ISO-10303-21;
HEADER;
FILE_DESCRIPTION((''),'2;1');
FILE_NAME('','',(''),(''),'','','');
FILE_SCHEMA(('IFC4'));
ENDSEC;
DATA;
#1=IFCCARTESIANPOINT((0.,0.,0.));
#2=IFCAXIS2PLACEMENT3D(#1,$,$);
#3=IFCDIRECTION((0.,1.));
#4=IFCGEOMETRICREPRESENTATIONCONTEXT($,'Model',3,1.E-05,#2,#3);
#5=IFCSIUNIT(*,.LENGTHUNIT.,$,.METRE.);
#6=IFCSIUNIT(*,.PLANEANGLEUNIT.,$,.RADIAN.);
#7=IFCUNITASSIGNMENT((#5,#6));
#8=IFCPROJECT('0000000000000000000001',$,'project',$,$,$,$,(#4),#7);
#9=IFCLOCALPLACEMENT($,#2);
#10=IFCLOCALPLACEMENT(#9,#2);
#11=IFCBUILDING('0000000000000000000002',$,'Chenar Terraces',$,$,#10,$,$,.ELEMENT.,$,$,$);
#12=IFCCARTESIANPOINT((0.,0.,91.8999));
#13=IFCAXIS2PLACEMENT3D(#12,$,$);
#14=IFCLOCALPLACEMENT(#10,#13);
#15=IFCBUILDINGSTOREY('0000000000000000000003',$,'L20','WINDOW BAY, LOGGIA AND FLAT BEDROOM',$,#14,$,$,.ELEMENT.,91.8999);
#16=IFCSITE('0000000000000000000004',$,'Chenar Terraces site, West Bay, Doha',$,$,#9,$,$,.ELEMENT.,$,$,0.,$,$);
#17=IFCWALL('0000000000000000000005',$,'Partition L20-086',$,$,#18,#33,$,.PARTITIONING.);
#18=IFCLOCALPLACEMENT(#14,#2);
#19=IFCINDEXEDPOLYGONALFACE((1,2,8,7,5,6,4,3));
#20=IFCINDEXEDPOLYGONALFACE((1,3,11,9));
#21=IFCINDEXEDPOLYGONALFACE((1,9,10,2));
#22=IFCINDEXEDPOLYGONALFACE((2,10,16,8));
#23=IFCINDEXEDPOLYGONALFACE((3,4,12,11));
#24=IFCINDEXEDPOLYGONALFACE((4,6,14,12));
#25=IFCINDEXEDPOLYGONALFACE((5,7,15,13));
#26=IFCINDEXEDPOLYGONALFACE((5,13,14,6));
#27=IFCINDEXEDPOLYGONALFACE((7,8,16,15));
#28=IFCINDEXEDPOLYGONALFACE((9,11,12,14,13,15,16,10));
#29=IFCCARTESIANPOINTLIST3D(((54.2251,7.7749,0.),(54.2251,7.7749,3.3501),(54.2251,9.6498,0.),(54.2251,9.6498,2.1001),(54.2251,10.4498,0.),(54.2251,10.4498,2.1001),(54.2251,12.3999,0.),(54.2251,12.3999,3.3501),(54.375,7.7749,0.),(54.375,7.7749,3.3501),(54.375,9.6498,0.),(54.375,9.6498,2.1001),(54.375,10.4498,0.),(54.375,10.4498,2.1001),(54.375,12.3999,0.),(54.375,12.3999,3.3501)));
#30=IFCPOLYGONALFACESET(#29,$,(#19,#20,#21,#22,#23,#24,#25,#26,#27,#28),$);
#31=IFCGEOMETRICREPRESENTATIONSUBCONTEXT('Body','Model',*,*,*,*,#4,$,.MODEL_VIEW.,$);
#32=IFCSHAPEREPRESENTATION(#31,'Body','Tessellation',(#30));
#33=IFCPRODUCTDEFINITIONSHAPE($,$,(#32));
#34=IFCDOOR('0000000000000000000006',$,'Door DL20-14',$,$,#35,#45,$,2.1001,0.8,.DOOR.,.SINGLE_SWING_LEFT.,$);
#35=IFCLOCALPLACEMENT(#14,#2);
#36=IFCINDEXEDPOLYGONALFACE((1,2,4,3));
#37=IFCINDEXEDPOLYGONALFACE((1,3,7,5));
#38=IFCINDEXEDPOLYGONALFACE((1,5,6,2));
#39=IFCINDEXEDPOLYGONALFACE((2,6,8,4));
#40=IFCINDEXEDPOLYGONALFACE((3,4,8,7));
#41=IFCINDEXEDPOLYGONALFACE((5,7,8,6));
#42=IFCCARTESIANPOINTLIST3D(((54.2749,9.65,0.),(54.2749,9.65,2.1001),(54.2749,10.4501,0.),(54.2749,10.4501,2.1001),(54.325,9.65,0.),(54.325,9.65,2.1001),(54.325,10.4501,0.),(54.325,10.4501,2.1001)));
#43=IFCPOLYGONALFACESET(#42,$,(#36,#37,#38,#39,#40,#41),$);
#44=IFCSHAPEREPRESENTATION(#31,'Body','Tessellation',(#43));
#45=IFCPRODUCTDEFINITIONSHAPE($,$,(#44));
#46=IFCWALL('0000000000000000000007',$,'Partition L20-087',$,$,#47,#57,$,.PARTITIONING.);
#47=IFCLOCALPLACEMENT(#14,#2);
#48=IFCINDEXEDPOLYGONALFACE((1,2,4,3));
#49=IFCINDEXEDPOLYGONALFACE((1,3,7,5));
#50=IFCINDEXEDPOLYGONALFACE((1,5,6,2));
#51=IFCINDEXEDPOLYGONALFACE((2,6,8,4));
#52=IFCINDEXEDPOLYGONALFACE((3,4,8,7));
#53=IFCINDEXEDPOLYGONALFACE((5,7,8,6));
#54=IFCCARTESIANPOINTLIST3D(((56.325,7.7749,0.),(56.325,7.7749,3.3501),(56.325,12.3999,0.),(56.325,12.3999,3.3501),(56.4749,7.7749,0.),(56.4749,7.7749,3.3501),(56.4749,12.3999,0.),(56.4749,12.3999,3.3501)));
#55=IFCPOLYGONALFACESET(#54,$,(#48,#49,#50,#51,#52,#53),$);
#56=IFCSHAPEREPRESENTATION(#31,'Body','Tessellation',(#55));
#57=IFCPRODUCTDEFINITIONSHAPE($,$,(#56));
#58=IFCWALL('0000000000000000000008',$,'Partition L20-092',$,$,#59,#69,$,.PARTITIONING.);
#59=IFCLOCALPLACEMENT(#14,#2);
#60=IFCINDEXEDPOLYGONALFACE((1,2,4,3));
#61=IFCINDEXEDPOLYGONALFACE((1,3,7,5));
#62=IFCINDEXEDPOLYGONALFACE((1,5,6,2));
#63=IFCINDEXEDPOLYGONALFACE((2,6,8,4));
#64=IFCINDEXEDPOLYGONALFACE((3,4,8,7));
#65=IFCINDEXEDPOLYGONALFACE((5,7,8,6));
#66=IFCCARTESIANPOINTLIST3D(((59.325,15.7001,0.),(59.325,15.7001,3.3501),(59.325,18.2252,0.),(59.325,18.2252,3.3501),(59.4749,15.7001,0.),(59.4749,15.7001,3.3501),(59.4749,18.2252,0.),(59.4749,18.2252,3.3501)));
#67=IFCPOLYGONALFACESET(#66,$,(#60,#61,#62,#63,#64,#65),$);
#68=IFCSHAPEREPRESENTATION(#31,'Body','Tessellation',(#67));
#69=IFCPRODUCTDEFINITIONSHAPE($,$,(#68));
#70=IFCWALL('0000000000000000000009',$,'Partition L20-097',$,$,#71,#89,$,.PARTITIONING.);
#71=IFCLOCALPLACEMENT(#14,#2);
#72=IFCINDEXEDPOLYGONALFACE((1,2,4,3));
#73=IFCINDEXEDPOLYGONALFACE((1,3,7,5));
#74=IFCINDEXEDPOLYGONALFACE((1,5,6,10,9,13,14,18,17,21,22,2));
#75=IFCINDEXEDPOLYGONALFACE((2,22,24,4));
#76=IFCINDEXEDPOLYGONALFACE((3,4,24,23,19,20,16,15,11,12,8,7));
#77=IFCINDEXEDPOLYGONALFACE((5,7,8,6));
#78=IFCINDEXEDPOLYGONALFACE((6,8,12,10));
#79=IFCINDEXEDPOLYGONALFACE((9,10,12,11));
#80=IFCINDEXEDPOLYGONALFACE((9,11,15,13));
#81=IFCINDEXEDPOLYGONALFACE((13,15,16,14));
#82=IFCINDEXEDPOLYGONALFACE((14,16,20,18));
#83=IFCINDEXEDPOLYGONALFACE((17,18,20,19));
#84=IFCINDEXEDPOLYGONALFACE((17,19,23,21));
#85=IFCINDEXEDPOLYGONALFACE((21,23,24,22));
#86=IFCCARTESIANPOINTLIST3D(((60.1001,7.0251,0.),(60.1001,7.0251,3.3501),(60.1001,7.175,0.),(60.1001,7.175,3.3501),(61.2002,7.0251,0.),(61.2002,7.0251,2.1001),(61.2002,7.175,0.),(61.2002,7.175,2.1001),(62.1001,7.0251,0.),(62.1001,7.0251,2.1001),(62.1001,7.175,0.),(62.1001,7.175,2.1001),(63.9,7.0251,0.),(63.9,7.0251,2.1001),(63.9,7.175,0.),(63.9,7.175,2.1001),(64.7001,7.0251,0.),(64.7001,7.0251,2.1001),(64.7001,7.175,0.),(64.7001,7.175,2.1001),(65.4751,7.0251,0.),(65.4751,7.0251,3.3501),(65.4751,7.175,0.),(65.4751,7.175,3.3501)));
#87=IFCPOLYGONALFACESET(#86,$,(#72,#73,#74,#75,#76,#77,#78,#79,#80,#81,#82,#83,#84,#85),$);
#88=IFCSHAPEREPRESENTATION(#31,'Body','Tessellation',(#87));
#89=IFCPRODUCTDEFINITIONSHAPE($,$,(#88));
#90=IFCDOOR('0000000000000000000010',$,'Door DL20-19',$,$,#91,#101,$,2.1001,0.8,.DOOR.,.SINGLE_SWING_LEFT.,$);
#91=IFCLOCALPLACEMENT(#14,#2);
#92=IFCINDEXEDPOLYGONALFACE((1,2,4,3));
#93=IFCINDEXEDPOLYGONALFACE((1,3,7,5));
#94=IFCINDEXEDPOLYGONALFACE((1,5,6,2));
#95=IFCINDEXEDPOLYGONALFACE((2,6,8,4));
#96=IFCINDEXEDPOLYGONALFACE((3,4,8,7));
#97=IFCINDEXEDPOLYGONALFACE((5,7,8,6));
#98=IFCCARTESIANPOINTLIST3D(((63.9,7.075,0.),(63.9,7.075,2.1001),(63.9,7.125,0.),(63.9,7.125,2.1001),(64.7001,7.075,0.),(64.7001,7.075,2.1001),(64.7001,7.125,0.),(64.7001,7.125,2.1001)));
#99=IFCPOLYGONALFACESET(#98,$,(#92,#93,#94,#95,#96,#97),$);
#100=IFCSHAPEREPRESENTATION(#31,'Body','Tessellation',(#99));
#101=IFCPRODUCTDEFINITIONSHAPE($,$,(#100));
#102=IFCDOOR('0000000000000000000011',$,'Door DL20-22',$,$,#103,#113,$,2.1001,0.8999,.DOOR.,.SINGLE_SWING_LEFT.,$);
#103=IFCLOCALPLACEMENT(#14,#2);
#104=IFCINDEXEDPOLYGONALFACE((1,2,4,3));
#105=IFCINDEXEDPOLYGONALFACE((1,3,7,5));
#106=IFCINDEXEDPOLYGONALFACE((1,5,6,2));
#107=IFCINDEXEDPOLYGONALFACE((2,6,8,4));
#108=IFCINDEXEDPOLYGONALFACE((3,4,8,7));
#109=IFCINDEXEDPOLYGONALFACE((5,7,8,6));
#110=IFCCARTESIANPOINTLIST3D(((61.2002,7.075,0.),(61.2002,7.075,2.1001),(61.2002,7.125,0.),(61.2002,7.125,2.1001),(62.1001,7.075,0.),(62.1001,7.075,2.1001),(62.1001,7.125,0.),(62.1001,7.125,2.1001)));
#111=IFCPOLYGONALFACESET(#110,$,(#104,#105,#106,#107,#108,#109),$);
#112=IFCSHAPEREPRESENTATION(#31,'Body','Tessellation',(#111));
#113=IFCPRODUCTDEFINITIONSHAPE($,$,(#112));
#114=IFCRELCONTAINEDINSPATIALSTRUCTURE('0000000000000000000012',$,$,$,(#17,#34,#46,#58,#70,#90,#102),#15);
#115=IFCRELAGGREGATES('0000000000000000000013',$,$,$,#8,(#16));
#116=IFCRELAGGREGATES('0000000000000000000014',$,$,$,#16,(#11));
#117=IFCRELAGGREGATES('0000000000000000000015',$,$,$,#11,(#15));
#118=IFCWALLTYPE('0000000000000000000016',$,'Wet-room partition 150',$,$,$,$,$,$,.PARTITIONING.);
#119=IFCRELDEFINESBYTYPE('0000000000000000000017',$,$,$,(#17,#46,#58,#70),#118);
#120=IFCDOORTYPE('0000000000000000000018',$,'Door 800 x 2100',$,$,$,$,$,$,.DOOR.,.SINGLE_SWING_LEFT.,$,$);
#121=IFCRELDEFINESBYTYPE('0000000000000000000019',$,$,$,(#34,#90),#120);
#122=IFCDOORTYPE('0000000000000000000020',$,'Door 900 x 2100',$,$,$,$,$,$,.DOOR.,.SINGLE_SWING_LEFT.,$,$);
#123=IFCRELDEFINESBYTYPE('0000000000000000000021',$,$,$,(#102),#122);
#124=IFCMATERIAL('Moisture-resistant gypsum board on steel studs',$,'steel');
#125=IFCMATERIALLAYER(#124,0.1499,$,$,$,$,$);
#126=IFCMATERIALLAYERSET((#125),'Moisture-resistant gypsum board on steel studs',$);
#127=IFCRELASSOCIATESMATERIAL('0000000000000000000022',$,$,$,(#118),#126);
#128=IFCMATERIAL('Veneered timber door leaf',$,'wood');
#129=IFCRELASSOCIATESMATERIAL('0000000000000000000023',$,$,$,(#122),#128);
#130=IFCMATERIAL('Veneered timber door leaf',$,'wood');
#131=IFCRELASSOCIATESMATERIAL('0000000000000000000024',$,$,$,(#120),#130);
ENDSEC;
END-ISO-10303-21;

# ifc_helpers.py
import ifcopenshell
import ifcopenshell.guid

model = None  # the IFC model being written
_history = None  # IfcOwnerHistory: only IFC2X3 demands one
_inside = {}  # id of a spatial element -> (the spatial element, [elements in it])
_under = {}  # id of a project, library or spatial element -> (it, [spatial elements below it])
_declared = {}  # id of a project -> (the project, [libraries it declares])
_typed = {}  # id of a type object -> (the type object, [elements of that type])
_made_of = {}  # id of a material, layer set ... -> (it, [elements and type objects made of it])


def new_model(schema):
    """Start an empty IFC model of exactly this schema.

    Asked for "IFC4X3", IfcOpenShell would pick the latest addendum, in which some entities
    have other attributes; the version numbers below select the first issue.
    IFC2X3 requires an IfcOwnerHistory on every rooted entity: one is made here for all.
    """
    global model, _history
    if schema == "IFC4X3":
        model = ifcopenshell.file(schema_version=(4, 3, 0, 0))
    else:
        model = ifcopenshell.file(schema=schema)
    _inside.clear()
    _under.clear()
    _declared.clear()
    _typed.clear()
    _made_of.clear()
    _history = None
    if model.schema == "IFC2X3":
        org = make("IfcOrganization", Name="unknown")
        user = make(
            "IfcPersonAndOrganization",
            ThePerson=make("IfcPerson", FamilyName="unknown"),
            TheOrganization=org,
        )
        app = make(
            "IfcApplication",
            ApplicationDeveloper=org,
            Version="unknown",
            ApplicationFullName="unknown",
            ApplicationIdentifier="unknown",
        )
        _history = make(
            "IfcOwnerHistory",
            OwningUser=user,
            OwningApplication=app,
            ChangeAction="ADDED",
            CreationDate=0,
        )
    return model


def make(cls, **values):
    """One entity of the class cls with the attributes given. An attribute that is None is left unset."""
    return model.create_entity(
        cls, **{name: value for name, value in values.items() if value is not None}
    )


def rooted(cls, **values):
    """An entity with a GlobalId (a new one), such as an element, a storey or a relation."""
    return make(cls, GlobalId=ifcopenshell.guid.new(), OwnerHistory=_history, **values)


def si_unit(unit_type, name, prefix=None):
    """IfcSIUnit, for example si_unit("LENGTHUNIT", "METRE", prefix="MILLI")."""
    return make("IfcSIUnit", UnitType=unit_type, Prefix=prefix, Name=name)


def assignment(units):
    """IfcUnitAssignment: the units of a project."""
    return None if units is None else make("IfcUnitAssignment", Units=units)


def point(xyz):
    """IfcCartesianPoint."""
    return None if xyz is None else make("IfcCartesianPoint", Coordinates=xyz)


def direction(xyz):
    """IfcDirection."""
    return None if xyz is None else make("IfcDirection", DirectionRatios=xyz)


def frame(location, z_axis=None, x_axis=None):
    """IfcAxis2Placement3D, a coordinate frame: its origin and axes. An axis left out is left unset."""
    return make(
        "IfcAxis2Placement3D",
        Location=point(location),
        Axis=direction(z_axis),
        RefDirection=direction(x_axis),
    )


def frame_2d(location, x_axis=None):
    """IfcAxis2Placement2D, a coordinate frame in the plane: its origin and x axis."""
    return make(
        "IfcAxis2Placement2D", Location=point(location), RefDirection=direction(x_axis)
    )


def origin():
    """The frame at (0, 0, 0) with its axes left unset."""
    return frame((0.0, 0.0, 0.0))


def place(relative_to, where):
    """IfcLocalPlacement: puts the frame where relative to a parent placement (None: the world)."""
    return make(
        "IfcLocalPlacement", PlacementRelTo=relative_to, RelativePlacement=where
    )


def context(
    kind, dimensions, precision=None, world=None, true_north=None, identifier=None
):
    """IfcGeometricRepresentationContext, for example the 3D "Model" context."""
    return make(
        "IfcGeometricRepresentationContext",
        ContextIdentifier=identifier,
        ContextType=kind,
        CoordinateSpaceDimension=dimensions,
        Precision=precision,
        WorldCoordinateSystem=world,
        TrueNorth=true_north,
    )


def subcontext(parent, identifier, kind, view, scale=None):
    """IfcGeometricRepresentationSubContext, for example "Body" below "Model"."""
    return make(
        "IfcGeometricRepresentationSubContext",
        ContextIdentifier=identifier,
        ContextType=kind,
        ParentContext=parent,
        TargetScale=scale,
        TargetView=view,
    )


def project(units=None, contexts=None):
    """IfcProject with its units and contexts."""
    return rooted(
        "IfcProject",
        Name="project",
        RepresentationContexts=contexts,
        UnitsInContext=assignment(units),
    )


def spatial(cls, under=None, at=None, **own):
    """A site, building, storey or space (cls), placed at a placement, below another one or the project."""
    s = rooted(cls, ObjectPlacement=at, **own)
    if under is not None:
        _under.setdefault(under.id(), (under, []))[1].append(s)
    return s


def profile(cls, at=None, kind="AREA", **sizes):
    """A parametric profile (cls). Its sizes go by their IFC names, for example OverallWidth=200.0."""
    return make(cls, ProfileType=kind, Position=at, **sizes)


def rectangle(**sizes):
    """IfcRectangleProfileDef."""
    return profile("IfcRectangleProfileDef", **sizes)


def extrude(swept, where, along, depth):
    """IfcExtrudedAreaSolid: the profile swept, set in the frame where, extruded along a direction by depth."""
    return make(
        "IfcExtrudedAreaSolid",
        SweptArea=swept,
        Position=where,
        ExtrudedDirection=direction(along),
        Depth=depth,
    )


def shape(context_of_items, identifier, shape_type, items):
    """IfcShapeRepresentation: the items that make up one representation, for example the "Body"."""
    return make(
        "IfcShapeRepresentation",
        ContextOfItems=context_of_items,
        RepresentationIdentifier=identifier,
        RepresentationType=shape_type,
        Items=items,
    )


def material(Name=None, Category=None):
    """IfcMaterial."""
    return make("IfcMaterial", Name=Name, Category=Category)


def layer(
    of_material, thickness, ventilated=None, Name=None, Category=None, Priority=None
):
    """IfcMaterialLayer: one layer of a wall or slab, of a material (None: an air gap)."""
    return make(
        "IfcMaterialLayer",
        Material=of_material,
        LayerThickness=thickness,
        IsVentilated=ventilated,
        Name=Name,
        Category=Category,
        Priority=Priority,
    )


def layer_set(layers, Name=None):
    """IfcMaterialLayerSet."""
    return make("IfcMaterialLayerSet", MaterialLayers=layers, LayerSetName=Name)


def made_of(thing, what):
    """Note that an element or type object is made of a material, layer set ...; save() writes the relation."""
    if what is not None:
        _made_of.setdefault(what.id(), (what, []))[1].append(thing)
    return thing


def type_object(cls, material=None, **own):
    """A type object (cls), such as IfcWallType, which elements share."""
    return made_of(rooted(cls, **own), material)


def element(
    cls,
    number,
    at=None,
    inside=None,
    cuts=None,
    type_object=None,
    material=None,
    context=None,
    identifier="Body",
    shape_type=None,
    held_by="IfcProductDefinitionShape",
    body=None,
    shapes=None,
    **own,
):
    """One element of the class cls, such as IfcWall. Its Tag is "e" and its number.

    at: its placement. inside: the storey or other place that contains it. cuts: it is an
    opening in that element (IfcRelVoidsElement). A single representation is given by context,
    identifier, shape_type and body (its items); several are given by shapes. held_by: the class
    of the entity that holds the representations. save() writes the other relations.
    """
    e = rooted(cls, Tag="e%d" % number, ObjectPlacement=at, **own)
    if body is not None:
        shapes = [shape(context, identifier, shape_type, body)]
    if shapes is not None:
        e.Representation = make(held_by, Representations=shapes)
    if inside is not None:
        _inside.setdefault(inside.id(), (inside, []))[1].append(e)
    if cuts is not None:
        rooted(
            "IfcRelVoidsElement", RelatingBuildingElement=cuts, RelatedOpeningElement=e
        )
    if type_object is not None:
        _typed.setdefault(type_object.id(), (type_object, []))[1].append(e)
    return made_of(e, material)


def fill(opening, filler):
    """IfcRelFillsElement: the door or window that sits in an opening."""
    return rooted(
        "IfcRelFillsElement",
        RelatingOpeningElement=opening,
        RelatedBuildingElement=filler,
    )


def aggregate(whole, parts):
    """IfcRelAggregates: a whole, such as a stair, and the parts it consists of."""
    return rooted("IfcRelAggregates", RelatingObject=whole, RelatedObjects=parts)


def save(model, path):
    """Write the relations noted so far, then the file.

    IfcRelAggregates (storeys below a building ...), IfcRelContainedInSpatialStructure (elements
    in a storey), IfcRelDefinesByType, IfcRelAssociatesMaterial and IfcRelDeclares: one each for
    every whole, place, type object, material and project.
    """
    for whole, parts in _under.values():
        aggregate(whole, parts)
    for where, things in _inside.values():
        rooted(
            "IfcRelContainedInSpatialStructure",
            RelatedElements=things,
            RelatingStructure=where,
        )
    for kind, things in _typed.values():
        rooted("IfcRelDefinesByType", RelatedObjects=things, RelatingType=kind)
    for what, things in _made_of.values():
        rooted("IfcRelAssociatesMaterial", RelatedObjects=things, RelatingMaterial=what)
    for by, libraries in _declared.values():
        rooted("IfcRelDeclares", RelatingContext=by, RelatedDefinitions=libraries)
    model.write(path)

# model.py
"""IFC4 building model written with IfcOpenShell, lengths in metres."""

from ifc_helpers import new_model, si_unit, direction, frame, frame_2d, origin, place, context, subcontext, project, spatial, rectangle, extrude, material, layer, layer_set, type_object, element, fill, save


model = new_model("IFC4")

# Units and contexts
model_context = context("Model", 3, precision=1e-05, world=origin(), true_north=direction((0.0, 1.0)))
body_context = subcontext(model_context, "Body", "Model", "MODEL_VIEW")
ifc_project = project(units=[si_unit("LENGTHUNIT", "METRE"), si_unit("PLANEANGLEUNIT", "RADIAN")], contexts=[model_context])

# Site, building, storey
site_placement = place(None, origin())
site = spatial("IfcSite", under=ifc_project, at=site_placement, Name="Chenar Terraces site, West Bay, Doha", CompositionType="ELEMENT", RefElevation=0.0)
building_placement = place(site_placement, origin())
building = spatial("IfcBuilding", under=site, at=building_placement, Name="Chenar Terraces", CompositionType="ELEMENT")
storey_placement = place(building_placement, frame((0.0, 0.0, 91.8999)))
storey = spatial("IfcBuildingStorey", under=building, at=storey_placement, Name="L20", Description="WINDOW BAY, LOGGIA AND FLAT BEDROOM", CompositionType="ELEMENT", Elevation=91.8999)

# Wall, opening, door
ifc_material_1 = material(Name="Moisture-resistant gypsum board on steel studs", Category="steel")
ifc_layer_1 = layer(ifc_material_1, 0.1499)
ifc_layer_set_1 = layer_set([ifc_layer_1], Name="Moisture-resistant gypsum board on steel studs")
wall_type_1 = type_object("IfcWallType", Name="Wet-room partition 150", PredefinedType="PARTITIONING", material=ifc_layer_set_1)
ifc_material_2 = material(Name="Veneered timber door leaf", Category="wood")
door_type_1 = type_object("IfcDoorType", Name="Door 900 x 2100", OperationType="SINGLE_SWING_LEFT", PredefinedType="DOOR", material=ifc_material_2)
wall_1_placement = place(storey_placement, frame((54.3, 7.7749, 0.0), z_axis=(0.0, 0.0, 1.0), x_axis=(0.0, 1.0, 0.0)))
wall_1 = element("IfcWall", 1, at=wall_1_placement, inside=storey, type_object=wall_type_1, Name="Partition L20-086", PredefinedType="PARTITIONING", context=body_context, shape_type="SweptSolid", body=[
    extrude(rectangle(XDim=4.625, YDim=0.1499, at=frame_2d((2.3125, 0.0))), origin(), (0.0, 0.0, 1.0), 3.3501),
])
opening_1_placement = place(wall_1_placement, frame((1.875, 0.0, 0.0)))
opening_1 = element("IfcOpeningElement", 2, at=opening_1_placement, cuts=wall_1, PredefinedType="OPENING", context=body_context, shape_type="SweptSolid", body=[
    extrude(rectangle(XDim=0.8, YDim=2.1001, at=frame_2d((0.3999, 1.05))), frame((0.0, 0.085, 0.0), z_axis=(0.0, -1.0, 0.0), x_axis=(1.0, 0.0, 0.0)), (0.0, 0.0, 1.0), 0.1699),
])
ifc_material_3 = material(Name="Veneered timber door leaf", Category="wood")
door_type_2 = type_object("IfcDoorType", Name="Door 800 x 2100", OperationType="SINGLE_SWING_LEFT", PredefinedType="DOOR", material=ifc_material_3)
door_1_placement = place(opening_1_placement, frame((0.8, 0.0, 0.0), z_axis=(0.0, 0.0, 1.0), x_axis=(-1.0, 0.0, 0.0)))
door_1 = element("IfcDoor", 3, at=door_1_placement, inside=storey, type_object=door_type_2, Name="Door DL20-14", OperationType="SINGLE_SWING_LEFT", OverallHeight=2.1001, OverallWidth=0.8, PredefinedType="DOOR", context=body_context, shape_type="SweptSolid", body=[
    extrude(rectangle(XDim=0.8, YDim=2.1001, at=frame_2d((0.3999, 1.05))), frame((0.0, 0.0249, 0.0), z_axis=(0.0, -1.0, 0.0), x_axis=(1.0, 0.0, 0.0)), (0.0, 0.0, 1.0), 0.05),
])
fill(opening_1, door_1)

# Walls
wall_2_placement = place(storey_placement, frame((56.3999, 7.7749, 0.0), z_axis=(0.0, 0.0, 1.0), x_axis=(0.0, 1.0, 0.0)))
element("IfcWall", 4, at=wall_2_placement, inside=storey, type_object=wall_type_1, Name="Partition L20-087", PredefinedType="PARTITIONING", context=body_context, shape_type="SweptSolid", body=[
    extrude(rectangle(XDim=4.625, YDim=0.1499, at=frame_2d((2.3125, 0.0))), origin(), (0.0, 0.0, 1.0), 3.3501),
])
wall_3_placement = place(storey_placement, frame((59.3999, 15.7, 0.0), z_axis=(0.0, 0.0, 1.0), x_axis=(0.0, 1.0, 0.0)))
element("IfcWall", 5, at=wall_3_placement, inside=storey, type_object=wall_type_1, Name="Partition L20-092", PredefinedType="PARTITIONING", context=body_context, shape_type="SweptSolid", body=[
    extrude(rectangle(XDim=2.5251, YDim=0.1499, at=frame_2d((1.2627, 0.0))), origin(), (0.0, 0.0, 1.0), 3.3501),
])

# Wall, openings, doors
wall_4_placement = place(storey_placement, frame((60.1001, 7.1001, 0.0), z_axis=(0.0, 0.0, 1.0), x_axis=(1.0, 0.0, 0.0)))
wall_4 = element("IfcWall", 6, at=wall_4_placement, inside=storey, type_object=wall_type_1, Name="Partition L20-097", PredefinedType="PARTITIONING", context=body_context, shape_type="SweptSolid", body=[
    extrude(rectangle(XDim=5.375, YDim=0.1499, at=frame_2d((2.6875, 0.0))), origin(), (0.0, 0.0, 1.0), 3.3501),
])
opening_2_placement = place(wall_4_placement, frame((3.8, 0.0, 0.0)))
opening_2 = element("IfcOpeningElement", 7, at=opening_2_placement, cuts=wall_4, PredefinedType="OPENING", context=body_context, shape_type="SweptSolid", body=[
    extrude(rectangle(XDim=0.8, YDim=2.1001, at=frame_2d((0.3999, 1.05))), frame((0.0, 0.085, 0.0), z_axis=(0.0, -1.0, 0.0), x_axis=(1.0, 0.0, 0.0)), (0.0, 0.0, 1.0), 0.1699),
])
opening_3_placement = place(wall_4_placement, frame((1.1001, 0.0, 0.0)))
opening_3 = element("IfcOpeningElement", 8, at=opening_3_placement, cuts=wall_4, PredefinedType="OPENING", context=body_context, shape_type="SweptSolid", body=[
    extrude(rectangle(XDim=0.8999, YDim=2.1001, at=frame_2d((0.45, 1.05))), frame((0.0, 0.085, 0.0), z_axis=(0.0, -1.0, 0.0), x_axis=(1.0, 0.0, 0.0)), (0.0, 0.0, 1.0), 0.1699),
])
door_2_placement = place(opening_2_placement, origin())
door_2 = element("IfcDoor", 9, at=door_2_placement, inside=storey, type_object=door_type_2, Name="Door DL20-19", OperationType="SINGLE_SWING_LEFT", OverallHeight=2.1001, OverallWidth=0.8, PredefinedType="DOOR", context=body_context, shape_type="SweptSolid", body=[
    extrude(rectangle(XDim=0.8, YDim=2.1001, at=frame_2d((0.3999, 1.05))), frame((0.0, 0.0249, 0.0), z_axis=(0.0, -1.0, 0.0), x_axis=(1.0, 0.0, 0.0)), (0.0, 0.0, 1.0), 0.05),
])
fill(opening_2, door_2)
door_3_placement = place(opening_3_placement, origin())
door_3 = element("IfcDoor", 10, at=door_3_placement, inside=storey, type_object=door_type_1, Name="Door DL20-22", OperationType="SINGLE_SWING_LEFT", OverallHeight=2.1001, OverallWidth=0.8999, PredefinedType="DOOR", context=body_context, shape_type="SweptSolid", body=[
    extrude(rectangle(XDim=0.8999, YDim=2.1001, at=frame_2d((0.45, 1.05))), frame((0.0, 0.0249, 0.0), z_axis=(0.0, -1.0, 0.0), x_axis=(1.0, 0.0, 0.0)), (0.0, 0.0, 1.0), 0.05),
])
fill(opening_3, door_3)

save(model, "model.ifc")
